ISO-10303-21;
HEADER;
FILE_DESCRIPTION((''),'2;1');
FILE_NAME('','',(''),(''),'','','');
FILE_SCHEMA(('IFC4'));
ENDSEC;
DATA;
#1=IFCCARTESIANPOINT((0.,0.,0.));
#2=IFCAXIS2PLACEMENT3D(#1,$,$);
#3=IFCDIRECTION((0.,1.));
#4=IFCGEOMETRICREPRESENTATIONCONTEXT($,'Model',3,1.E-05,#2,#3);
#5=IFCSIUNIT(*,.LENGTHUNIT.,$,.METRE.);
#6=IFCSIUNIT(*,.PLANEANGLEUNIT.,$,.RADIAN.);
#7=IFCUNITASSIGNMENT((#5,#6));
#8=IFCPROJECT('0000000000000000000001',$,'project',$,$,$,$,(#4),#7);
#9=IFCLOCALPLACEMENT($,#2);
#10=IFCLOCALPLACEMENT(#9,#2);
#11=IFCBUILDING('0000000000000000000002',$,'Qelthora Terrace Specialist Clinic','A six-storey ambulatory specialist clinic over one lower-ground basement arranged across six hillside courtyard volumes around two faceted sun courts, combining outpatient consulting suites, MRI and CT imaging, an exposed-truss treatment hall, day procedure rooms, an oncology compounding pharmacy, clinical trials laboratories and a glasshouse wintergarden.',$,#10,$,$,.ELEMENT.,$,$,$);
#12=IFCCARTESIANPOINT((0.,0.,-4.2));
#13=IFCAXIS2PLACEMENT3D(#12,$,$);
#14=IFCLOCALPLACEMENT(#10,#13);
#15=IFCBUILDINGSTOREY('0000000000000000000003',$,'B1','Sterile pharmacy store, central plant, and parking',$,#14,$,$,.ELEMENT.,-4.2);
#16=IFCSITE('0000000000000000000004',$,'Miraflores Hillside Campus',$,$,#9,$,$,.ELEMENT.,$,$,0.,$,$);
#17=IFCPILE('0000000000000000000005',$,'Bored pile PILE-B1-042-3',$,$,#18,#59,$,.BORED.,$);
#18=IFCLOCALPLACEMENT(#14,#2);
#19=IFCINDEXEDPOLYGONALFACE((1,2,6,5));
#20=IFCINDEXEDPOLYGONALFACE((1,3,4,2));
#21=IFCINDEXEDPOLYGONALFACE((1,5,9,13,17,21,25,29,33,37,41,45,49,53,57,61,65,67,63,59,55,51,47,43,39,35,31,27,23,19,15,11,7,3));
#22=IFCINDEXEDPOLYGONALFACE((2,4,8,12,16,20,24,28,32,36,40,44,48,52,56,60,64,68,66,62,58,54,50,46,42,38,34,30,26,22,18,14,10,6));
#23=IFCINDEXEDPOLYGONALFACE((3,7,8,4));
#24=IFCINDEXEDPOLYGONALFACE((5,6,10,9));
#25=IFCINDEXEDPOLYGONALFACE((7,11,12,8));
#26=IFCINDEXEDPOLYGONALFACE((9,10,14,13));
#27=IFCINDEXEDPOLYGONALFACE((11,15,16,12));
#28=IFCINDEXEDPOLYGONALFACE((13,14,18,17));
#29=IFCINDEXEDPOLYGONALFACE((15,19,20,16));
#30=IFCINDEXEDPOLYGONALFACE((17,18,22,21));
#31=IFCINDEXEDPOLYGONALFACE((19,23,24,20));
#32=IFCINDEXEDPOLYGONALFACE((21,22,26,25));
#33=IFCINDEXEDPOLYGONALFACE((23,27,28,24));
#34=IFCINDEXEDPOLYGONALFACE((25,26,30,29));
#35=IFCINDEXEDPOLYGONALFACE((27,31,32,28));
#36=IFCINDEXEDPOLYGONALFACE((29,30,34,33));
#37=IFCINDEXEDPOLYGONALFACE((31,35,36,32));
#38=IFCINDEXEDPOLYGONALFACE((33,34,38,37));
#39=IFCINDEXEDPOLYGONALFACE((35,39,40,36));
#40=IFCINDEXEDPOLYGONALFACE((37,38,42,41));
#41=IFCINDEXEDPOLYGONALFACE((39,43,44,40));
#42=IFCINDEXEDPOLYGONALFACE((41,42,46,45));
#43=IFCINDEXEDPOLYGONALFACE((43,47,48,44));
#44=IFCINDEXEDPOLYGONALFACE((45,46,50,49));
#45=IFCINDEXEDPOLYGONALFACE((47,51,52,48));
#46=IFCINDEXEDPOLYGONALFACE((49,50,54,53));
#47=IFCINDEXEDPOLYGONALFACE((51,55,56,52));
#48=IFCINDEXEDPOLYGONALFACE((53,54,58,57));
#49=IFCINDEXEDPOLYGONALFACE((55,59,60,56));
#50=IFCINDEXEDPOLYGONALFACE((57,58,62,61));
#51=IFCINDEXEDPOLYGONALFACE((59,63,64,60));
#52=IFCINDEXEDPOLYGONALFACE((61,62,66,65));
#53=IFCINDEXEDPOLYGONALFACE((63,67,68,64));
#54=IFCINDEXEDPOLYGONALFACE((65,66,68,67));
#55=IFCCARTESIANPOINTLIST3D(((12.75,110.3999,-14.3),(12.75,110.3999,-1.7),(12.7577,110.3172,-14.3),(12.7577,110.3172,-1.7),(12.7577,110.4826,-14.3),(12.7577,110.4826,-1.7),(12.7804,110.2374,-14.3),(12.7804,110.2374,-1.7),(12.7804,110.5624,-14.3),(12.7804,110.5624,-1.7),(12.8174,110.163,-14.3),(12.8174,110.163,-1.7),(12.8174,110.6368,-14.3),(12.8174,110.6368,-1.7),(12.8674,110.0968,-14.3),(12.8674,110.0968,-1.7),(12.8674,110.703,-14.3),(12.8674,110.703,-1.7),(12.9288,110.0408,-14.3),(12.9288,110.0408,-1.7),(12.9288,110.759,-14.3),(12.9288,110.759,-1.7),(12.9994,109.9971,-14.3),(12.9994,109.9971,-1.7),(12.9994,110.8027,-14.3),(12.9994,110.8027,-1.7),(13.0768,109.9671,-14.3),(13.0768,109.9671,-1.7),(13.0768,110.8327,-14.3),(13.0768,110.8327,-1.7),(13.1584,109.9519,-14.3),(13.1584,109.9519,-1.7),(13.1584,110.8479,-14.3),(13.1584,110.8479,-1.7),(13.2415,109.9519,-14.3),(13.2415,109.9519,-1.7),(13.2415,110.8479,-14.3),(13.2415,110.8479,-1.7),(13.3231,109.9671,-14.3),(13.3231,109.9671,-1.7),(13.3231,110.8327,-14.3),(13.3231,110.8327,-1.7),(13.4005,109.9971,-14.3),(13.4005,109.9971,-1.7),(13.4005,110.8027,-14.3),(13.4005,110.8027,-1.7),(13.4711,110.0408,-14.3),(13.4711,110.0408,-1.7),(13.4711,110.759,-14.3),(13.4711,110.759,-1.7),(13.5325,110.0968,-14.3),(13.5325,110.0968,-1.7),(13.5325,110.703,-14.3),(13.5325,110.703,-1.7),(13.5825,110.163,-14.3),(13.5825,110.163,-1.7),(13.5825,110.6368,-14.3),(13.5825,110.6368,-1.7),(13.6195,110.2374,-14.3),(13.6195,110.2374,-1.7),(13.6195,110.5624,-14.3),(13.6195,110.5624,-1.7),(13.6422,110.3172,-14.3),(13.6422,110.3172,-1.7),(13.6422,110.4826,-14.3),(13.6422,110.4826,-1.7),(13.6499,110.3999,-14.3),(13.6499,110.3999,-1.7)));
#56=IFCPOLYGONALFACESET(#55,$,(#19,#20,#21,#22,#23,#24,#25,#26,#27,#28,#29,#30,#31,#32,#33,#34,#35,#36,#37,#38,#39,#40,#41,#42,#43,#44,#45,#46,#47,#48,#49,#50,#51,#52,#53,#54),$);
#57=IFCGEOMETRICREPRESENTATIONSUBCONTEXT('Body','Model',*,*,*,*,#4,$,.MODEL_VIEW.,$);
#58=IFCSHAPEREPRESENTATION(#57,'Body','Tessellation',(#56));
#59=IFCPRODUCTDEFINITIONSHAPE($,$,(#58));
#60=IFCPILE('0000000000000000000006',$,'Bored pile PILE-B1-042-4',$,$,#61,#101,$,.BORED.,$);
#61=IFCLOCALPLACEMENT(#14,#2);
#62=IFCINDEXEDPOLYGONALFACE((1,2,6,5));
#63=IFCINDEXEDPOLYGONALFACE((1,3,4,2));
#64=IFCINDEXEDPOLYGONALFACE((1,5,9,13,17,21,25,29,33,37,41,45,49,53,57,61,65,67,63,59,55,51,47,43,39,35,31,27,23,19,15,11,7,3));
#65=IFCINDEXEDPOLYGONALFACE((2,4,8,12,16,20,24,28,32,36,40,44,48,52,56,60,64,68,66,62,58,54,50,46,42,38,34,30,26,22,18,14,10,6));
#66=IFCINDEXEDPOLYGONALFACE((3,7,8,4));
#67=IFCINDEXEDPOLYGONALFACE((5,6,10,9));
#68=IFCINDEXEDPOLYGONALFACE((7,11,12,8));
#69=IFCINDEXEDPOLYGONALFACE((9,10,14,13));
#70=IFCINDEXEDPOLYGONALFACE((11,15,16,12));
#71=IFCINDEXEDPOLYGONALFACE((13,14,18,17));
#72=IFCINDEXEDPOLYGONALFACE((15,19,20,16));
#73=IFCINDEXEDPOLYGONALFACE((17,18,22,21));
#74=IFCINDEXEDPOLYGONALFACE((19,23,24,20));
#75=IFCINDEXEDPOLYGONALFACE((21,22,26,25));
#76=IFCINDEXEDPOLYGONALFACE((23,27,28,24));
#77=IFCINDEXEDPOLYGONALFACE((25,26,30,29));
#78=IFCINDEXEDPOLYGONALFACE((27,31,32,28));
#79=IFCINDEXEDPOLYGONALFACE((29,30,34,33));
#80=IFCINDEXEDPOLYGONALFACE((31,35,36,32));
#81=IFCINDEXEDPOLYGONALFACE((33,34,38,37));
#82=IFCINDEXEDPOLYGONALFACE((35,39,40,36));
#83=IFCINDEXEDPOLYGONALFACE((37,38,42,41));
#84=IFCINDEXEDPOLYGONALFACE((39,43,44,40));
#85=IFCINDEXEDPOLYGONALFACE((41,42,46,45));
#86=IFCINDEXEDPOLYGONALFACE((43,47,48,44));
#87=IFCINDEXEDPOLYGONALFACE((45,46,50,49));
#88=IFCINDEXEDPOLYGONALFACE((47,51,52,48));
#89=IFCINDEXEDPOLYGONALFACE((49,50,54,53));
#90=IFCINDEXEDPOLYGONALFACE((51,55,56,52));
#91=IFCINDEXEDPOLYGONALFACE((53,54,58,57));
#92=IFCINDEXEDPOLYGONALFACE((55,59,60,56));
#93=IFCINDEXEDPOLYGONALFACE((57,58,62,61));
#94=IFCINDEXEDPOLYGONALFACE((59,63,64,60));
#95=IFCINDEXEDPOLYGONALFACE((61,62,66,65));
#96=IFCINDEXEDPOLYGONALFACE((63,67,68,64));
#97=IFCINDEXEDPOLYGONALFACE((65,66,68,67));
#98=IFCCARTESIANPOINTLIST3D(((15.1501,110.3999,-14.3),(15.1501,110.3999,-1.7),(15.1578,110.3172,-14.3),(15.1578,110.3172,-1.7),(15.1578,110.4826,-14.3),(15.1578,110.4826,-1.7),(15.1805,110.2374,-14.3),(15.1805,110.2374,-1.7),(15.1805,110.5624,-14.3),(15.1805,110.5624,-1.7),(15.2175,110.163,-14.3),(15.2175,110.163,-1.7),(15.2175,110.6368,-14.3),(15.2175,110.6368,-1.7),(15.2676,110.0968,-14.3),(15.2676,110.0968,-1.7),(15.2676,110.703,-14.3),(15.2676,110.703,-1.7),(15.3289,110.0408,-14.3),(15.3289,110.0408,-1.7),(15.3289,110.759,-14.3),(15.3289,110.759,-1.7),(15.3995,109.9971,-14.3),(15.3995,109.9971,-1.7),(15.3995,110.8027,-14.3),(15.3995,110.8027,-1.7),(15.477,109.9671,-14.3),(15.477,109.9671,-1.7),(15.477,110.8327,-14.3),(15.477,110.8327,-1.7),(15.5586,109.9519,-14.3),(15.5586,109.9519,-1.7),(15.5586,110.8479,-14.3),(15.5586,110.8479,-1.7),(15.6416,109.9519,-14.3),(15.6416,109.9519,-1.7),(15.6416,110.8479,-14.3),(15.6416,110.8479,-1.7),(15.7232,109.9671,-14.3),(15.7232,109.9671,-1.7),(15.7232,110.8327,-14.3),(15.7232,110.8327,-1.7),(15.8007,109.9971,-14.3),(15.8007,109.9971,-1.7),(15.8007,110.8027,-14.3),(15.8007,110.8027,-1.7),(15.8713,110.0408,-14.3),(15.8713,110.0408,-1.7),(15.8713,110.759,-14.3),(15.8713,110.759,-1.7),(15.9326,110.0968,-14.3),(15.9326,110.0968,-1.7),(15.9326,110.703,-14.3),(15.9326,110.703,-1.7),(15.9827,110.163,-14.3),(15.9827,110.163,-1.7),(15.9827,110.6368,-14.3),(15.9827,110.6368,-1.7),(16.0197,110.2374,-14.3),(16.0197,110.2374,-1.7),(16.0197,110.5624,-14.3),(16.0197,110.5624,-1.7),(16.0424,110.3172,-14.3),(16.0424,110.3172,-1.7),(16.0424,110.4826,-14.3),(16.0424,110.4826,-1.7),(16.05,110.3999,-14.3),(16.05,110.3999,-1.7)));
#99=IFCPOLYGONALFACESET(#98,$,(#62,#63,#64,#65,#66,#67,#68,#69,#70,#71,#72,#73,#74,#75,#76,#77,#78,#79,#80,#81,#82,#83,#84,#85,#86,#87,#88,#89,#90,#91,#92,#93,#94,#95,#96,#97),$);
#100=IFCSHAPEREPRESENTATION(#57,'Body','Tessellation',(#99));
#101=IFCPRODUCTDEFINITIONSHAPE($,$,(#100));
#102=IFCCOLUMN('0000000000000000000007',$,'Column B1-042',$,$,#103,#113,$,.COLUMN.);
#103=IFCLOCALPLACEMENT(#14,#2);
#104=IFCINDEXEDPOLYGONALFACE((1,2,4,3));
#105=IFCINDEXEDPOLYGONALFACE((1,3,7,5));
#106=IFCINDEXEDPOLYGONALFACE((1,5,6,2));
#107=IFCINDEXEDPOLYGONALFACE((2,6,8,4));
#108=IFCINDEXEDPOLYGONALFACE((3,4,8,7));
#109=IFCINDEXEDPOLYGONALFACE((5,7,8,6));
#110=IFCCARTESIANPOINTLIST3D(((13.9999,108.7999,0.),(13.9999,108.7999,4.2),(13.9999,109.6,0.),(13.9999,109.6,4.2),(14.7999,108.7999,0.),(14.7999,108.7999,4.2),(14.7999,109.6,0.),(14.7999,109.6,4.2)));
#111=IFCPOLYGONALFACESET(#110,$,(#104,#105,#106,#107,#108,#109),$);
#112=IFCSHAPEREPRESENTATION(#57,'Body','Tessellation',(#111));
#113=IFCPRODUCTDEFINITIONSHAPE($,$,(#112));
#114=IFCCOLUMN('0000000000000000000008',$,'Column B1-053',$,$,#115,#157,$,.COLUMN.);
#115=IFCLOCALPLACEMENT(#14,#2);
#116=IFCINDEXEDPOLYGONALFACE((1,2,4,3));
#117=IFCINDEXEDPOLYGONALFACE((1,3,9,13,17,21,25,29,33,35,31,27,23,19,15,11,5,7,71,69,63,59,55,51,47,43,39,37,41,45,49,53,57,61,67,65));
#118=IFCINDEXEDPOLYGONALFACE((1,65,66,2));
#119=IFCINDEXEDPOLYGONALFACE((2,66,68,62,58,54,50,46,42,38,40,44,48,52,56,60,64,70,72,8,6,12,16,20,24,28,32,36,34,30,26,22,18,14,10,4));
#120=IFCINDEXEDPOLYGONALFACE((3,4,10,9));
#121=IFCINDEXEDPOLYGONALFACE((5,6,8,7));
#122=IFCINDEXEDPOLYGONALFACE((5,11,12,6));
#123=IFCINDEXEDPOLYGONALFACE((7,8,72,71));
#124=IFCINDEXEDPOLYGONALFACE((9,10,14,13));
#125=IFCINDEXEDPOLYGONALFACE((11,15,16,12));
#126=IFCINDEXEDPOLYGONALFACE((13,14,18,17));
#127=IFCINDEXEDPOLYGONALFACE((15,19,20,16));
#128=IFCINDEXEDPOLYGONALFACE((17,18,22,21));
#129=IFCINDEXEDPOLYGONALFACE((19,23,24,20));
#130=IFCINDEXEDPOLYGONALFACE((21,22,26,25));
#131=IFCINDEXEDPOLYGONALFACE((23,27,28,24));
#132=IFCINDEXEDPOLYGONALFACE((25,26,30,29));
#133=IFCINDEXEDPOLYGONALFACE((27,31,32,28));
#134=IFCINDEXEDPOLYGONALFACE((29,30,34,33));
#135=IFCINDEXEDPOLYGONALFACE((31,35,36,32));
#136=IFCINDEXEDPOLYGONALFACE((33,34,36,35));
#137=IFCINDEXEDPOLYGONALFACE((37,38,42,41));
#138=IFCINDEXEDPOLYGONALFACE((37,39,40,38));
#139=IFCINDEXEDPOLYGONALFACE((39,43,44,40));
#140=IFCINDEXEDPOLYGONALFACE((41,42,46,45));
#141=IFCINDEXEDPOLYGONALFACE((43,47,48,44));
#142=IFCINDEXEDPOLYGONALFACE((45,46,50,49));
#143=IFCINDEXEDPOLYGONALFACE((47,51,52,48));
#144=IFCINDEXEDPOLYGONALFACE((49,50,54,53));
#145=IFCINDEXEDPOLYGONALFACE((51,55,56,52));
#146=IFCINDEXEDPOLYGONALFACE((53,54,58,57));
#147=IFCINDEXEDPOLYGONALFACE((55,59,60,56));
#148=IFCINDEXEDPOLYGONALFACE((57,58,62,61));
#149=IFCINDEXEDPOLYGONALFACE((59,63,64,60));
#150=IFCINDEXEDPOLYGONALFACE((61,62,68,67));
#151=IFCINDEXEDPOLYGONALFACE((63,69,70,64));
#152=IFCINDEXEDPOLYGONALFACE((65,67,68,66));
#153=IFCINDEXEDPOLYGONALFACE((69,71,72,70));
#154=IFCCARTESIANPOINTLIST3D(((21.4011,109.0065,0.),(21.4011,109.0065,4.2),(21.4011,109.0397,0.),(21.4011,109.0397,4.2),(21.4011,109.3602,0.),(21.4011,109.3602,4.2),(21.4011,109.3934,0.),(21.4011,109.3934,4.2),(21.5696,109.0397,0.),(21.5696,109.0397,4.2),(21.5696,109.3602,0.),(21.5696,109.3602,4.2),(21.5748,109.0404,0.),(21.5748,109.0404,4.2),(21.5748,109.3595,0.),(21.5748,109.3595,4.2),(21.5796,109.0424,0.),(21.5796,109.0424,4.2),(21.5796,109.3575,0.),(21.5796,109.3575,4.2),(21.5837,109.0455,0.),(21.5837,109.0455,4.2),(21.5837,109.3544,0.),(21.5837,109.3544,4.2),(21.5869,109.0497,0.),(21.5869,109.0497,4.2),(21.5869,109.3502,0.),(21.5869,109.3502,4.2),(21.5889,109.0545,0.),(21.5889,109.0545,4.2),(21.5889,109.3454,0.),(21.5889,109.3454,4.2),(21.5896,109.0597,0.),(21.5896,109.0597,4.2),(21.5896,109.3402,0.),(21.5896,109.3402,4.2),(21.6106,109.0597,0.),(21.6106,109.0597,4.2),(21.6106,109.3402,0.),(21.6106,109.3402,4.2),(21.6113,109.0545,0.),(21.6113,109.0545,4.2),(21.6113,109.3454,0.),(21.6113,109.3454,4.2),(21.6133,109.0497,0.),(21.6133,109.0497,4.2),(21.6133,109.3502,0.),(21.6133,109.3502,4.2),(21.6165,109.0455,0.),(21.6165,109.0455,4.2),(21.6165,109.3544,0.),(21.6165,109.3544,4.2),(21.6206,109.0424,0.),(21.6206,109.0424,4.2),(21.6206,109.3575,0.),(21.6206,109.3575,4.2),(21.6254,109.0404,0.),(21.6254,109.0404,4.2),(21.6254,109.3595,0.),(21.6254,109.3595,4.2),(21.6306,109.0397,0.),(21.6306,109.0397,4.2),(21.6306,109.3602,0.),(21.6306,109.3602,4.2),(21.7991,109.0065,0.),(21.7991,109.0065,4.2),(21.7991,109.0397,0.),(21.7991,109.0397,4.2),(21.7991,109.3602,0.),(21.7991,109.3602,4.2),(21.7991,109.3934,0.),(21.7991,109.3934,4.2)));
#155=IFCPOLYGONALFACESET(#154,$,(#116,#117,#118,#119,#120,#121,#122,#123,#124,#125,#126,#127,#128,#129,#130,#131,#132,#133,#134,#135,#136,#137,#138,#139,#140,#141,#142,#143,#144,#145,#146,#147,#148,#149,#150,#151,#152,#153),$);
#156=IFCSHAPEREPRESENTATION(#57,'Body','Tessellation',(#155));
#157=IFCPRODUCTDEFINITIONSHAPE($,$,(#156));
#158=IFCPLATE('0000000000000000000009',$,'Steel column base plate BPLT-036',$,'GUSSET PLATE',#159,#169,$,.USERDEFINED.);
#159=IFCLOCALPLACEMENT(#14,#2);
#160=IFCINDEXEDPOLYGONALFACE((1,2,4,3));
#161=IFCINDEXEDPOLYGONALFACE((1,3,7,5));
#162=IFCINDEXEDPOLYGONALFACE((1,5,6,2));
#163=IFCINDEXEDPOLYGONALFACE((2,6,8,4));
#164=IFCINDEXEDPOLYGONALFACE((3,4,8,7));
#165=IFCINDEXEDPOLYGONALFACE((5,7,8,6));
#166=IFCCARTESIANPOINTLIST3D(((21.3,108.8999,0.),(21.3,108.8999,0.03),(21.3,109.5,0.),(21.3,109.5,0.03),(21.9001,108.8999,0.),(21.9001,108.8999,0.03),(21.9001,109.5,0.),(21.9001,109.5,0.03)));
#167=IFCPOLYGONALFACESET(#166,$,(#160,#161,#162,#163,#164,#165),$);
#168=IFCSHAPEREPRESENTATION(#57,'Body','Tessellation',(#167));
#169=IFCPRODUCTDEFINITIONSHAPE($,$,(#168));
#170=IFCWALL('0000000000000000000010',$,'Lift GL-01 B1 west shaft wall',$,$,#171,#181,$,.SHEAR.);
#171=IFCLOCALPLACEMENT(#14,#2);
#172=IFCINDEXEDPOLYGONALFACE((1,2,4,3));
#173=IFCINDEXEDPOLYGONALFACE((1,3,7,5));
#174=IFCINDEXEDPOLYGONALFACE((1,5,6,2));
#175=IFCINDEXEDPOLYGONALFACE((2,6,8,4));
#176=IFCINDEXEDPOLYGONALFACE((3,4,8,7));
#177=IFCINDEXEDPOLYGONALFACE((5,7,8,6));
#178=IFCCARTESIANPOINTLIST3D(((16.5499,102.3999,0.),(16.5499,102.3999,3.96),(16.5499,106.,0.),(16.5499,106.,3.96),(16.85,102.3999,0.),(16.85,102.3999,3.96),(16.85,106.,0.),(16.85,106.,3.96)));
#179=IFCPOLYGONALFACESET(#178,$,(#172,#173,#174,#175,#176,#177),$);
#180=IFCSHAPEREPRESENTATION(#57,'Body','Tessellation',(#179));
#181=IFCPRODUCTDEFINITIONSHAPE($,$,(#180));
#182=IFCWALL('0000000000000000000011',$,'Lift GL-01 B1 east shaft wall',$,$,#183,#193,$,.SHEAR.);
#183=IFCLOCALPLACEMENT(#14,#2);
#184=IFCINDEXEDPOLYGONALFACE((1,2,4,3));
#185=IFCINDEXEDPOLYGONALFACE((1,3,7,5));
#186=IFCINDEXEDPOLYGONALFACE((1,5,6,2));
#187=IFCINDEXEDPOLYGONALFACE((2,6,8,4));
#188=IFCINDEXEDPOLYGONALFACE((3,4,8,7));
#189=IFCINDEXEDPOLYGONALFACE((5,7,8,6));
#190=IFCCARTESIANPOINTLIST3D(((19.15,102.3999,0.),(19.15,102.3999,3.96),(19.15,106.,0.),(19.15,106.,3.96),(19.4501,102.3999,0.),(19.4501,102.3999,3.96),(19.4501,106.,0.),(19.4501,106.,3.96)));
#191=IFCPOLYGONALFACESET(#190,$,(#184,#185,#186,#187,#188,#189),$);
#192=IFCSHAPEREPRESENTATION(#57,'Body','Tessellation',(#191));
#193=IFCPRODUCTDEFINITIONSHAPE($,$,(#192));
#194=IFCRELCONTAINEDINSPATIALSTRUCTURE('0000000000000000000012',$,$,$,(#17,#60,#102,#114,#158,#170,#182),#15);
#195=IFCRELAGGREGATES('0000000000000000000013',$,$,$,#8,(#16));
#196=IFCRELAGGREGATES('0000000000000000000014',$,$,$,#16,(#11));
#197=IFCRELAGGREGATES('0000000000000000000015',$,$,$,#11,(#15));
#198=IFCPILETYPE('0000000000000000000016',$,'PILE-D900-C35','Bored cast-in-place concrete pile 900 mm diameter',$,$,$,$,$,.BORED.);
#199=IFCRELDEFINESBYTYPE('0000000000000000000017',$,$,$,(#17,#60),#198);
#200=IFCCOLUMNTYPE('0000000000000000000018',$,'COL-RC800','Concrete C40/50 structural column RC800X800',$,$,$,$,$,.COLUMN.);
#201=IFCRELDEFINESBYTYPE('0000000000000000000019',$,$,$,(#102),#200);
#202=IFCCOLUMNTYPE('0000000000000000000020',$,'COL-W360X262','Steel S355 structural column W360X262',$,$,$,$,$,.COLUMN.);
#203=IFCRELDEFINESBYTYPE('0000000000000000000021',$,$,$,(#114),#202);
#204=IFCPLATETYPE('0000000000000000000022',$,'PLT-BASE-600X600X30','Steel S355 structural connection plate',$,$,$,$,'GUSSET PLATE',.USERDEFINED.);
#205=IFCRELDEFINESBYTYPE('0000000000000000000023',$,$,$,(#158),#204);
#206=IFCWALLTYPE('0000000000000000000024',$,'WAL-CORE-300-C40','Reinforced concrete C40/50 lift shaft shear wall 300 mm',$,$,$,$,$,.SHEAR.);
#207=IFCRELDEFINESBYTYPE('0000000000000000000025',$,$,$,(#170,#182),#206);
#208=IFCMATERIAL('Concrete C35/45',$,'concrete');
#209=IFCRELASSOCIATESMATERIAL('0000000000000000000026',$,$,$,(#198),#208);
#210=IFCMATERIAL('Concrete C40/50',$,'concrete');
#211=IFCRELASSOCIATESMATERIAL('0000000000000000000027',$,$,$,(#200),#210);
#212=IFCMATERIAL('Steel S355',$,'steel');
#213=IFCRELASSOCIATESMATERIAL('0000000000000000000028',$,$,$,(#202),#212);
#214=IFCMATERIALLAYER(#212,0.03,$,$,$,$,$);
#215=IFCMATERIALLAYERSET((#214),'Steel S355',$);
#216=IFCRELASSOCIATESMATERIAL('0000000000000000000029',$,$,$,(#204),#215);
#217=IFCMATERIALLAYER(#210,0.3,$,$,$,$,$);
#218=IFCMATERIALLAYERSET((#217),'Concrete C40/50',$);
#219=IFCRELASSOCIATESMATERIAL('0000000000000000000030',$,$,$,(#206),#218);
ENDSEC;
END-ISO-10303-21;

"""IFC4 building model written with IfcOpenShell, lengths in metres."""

from ifc_helpers import new_model, si_unit, direction, frame, frame_2d, origin, origin_2d, place, context, subcontext, project, spatial, rectangle, circle, i_section, extrude, material, layer, layer_set, material_profile, profile_set, type_object, element, save


model = new_model("IFC4")

# Units and contexts
model_context = context("Model", 3, precision=1e-05, world=origin(), true_north=direction((0.0, 1.0)))
body_context = subcontext(model_context, "Body", "Model", "MODEL_VIEW")
ifc_project = project(units=[si_unit("LENGTHUNIT", "METRE"), si_unit("PLANEANGLEUNIT", "RADIAN")], contexts=[model_context])

# Site, building, storey
site_placement = place(None, origin())
site = spatial("IfcSite", under=ifc_project, at=site_placement, Name="Miraflores Hillside Campus", CompositionType="ELEMENT", RefElevation=0.0)
building_placement = place(site_placement, origin())
building = spatial("IfcBuilding", under=site, at=building_placement, Name="Qelthora Terrace Specialist Clinic", Description="A six-storey ambulatory specialist clinic over one lower-ground basement arranged across six hillside courtyard volumes around two faceted sun courts, combining outpatient consulting suites, MRI and CT imaging, an exposed-truss treatment hall, day procedure rooms, an oncology compounding pharmacy, clinical trials laboratories and a glasshouse wintergarden.", CompositionType="ELEMENT")
storey_placement = place(building_placement, frame((0.0, 0.0, -4.2)))
storey = spatial("IfcBuildingStorey", under=building, at=storey_placement, Name="B1", Description="Sterile pharmacy store, central plant, and parking", CompositionType="ELEMENT", Elevation=-4.2)

# Shared definitions
ifc_material_1 = material(Name="Concrete C35/45", Category="concrete")

# Piles
ifc_material_profile_1 = material_profile(ifc_material_1, circle(Radius=0.45, at=origin_2d()), Name="PILE900")
ifc_profile_set_1 = profile_set([ifc_material_profile_1], Name="Concrete C35/45")
pile_type_1 = type_object("IfcPileType", Name="PILE-D900-C35", Description="Bored cast-in-place concrete pile 900 mm diameter", PredefinedType="BORED", material=ifc_profile_set_1)
for number, where, z_axis, x_axis, name in (
    (1, (13.2, 110.3999, -1.7), (0.0, 0.0, -1.0), (1.0, 0.0, 0.0), "Bored pile PILE-B1-042-3"),
    (2, (15.6001, 110.3999, -1.7), (0.0, 0.0, -1.0), (1.0, 0.0, 0.0), "Bored pile PILE-B1-042-4"),
):
    element("IfcPile", number, at=place(storey_placement, frame(where, z_axis=z_axis, x_axis=x_axis)), inside=storey, type_object=pile_type_1, Name=name, PredefinedType="BORED", context=body_context, shape_type="SweptSolid", body=[
        extrude(circle(Radius=0.45, at=origin_2d()), origin(), (0.0, 0.0, 1.0), 12.6001),
    ])

# Columns
ifc_material_2 = material(Name="Concrete C40/50", Category="concrete")
ifc_material_profile_2 = material_profile(ifc_material_2, rectangle(XDim=0.8, YDim=0.8, at=origin_2d()), Name="RC800X800")
ifc_profile_set_2 = profile_set([ifc_material_profile_2], Name="Concrete C40/50")
column_type_1 = type_object("IfcColumnType", Name="COL-RC800", Description="Concrete C40/50 structural column RC800X800", PredefinedType="COLUMN", material=ifc_profile_set_2)
column_1_placement = place(storey_placement, frame((14.3999, 109.2, 0.0), z_axis=(0.0, 0.0, 1.0), x_axis=(1.0, 0.0, 0.0)))
element("IfcColumn", 3, at=column_1_placement, inside=storey, type_object=column_type_1, Name="Column B1-042", PredefinedType="COLUMN", context=body_context, shape_type="SweptSolid", body=[
    extrude(rectangle(XDim=0.8, YDim=0.8, at=origin_2d()), origin(), (0.0, 0.0, 1.0), 4.2),
])
ifc_material_3 = material(Name="Steel S355", Category="steel")
ifc_material_profile_3 = material_profile(ifc_material_3, i_section(OverallWidth=0.3979, OverallDepth=0.387, WebThickness=0.021, FlangeThickness=0.0332, FilletRadius=0.02, at=origin_2d()), Name="W360X262")
ifc_profile_set_3 = profile_set([ifc_material_profile_3], Name="Steel S355")
column_type_2 = type_object("IfcColumnType", Name="COL-W360X262", Description="Steel S355 structural column W360X262", PredefinedType="COLUMN", material=ifc_profile_set_3)
column_2_placement = place(storey_placement, frame((21.6001, 109.2, 0.0), z_axis=(0.0, 0.0, 1.0), x_axis=(1.0, 0.0, 0.0)))
element("IfcColumn", 4, at=column_2_placement, inside=storey, type_object=column_type_2, Name="Column B1-053", PredefinedType="COLUMN", context=body_context, shape_type="SweptSolid", body=[
    extrude(i_section(OverallWidth=0.3979, OverallDepth=0.387, WebThickness=0.021, FlangeThickness=0.0332, FilletRadius=0.02, at=origin_2d()), origin(), (0.0, 0.0, 1.0), 4.2),
])

# Plate
ifc_layer_1 = layer(ifc_material_3, 0.03)
ifc_layer_set_1 = layer_set([ifc_layer_1], Name="Steel S355")
plate_type = type_object("IfcPlateType", Name="PLT-BASE-600X600X30", Description="Steel S355 structural connection plate", ElementType="GUSSET PLATE", PredefinedType="USERDEFINED", material=ifc_layer_set_1)
plate_placement = place(storey_placement, frame((21.6001, 109.2, 0.0), z_axis=(0.0, 0.0, 1.0), x_axis=(1.0, 0.0, 0.0)))
element("IfcPlate", 5, at=plate_placement, inside=storey, type_object=plate_type, Name="Steel column base plate BPLT-036", ObjectType="GUSSET PLATE", PredefinedType="USERDEFINED", context=body_context, shape_type="SweptSolid", body=[
    extrude(rectangle(XDim=0.6001, YDim=0.6001, at=origin_2d()), origin(), (0.0, 0.0, 1.0), 0.03),
])

# Walls
ifc_layer_2 = layer(ifc_material_2, 0.3)
ifc_layer_set_2 = layer_set([ifc_layer_2], Name="Concrete C40/50")
wall_type_1 = type_object("IfcWallType", Name="WAL-CORE-300-C40", Description="Reinforced concrete C40/50 lift shaft shear wall 300 mm", PredefinedType="SHEAR", material=ifc_layer_set_2)
for number, where, z_axis, x_axis, name in (
    (6, (16.7, 102.3999, 0.0), (0.0, 0.0, 1.0), (0.0, 1.0, 0.0), "Lift GL-01 B1 west shaft wall"),
    (7, (19.3, 102.3999, 0.0), (0.0, 0.0, 1.0), (0.0, 1.0, 0.0), "Lift GL-01 B1 east shaft wall"),
):
    element("IfcWall", number, at=place(storey_placement, frame(where, z_axis=z_axis, x_axis=x_axis)), inside=storey, type_object=wall_type_1, Name=name, PredefinedType="SHEAR", context=body_context, shape_type="SweptSolid", body=[
        extrude(rectangle(XDim=3.6001, YDim=0.3, at=frame_2d((1.8, 0.0))), origin(), (0.0, 0.0, 1.0), 3.96),
    ])

save(model, "model.ifc")
